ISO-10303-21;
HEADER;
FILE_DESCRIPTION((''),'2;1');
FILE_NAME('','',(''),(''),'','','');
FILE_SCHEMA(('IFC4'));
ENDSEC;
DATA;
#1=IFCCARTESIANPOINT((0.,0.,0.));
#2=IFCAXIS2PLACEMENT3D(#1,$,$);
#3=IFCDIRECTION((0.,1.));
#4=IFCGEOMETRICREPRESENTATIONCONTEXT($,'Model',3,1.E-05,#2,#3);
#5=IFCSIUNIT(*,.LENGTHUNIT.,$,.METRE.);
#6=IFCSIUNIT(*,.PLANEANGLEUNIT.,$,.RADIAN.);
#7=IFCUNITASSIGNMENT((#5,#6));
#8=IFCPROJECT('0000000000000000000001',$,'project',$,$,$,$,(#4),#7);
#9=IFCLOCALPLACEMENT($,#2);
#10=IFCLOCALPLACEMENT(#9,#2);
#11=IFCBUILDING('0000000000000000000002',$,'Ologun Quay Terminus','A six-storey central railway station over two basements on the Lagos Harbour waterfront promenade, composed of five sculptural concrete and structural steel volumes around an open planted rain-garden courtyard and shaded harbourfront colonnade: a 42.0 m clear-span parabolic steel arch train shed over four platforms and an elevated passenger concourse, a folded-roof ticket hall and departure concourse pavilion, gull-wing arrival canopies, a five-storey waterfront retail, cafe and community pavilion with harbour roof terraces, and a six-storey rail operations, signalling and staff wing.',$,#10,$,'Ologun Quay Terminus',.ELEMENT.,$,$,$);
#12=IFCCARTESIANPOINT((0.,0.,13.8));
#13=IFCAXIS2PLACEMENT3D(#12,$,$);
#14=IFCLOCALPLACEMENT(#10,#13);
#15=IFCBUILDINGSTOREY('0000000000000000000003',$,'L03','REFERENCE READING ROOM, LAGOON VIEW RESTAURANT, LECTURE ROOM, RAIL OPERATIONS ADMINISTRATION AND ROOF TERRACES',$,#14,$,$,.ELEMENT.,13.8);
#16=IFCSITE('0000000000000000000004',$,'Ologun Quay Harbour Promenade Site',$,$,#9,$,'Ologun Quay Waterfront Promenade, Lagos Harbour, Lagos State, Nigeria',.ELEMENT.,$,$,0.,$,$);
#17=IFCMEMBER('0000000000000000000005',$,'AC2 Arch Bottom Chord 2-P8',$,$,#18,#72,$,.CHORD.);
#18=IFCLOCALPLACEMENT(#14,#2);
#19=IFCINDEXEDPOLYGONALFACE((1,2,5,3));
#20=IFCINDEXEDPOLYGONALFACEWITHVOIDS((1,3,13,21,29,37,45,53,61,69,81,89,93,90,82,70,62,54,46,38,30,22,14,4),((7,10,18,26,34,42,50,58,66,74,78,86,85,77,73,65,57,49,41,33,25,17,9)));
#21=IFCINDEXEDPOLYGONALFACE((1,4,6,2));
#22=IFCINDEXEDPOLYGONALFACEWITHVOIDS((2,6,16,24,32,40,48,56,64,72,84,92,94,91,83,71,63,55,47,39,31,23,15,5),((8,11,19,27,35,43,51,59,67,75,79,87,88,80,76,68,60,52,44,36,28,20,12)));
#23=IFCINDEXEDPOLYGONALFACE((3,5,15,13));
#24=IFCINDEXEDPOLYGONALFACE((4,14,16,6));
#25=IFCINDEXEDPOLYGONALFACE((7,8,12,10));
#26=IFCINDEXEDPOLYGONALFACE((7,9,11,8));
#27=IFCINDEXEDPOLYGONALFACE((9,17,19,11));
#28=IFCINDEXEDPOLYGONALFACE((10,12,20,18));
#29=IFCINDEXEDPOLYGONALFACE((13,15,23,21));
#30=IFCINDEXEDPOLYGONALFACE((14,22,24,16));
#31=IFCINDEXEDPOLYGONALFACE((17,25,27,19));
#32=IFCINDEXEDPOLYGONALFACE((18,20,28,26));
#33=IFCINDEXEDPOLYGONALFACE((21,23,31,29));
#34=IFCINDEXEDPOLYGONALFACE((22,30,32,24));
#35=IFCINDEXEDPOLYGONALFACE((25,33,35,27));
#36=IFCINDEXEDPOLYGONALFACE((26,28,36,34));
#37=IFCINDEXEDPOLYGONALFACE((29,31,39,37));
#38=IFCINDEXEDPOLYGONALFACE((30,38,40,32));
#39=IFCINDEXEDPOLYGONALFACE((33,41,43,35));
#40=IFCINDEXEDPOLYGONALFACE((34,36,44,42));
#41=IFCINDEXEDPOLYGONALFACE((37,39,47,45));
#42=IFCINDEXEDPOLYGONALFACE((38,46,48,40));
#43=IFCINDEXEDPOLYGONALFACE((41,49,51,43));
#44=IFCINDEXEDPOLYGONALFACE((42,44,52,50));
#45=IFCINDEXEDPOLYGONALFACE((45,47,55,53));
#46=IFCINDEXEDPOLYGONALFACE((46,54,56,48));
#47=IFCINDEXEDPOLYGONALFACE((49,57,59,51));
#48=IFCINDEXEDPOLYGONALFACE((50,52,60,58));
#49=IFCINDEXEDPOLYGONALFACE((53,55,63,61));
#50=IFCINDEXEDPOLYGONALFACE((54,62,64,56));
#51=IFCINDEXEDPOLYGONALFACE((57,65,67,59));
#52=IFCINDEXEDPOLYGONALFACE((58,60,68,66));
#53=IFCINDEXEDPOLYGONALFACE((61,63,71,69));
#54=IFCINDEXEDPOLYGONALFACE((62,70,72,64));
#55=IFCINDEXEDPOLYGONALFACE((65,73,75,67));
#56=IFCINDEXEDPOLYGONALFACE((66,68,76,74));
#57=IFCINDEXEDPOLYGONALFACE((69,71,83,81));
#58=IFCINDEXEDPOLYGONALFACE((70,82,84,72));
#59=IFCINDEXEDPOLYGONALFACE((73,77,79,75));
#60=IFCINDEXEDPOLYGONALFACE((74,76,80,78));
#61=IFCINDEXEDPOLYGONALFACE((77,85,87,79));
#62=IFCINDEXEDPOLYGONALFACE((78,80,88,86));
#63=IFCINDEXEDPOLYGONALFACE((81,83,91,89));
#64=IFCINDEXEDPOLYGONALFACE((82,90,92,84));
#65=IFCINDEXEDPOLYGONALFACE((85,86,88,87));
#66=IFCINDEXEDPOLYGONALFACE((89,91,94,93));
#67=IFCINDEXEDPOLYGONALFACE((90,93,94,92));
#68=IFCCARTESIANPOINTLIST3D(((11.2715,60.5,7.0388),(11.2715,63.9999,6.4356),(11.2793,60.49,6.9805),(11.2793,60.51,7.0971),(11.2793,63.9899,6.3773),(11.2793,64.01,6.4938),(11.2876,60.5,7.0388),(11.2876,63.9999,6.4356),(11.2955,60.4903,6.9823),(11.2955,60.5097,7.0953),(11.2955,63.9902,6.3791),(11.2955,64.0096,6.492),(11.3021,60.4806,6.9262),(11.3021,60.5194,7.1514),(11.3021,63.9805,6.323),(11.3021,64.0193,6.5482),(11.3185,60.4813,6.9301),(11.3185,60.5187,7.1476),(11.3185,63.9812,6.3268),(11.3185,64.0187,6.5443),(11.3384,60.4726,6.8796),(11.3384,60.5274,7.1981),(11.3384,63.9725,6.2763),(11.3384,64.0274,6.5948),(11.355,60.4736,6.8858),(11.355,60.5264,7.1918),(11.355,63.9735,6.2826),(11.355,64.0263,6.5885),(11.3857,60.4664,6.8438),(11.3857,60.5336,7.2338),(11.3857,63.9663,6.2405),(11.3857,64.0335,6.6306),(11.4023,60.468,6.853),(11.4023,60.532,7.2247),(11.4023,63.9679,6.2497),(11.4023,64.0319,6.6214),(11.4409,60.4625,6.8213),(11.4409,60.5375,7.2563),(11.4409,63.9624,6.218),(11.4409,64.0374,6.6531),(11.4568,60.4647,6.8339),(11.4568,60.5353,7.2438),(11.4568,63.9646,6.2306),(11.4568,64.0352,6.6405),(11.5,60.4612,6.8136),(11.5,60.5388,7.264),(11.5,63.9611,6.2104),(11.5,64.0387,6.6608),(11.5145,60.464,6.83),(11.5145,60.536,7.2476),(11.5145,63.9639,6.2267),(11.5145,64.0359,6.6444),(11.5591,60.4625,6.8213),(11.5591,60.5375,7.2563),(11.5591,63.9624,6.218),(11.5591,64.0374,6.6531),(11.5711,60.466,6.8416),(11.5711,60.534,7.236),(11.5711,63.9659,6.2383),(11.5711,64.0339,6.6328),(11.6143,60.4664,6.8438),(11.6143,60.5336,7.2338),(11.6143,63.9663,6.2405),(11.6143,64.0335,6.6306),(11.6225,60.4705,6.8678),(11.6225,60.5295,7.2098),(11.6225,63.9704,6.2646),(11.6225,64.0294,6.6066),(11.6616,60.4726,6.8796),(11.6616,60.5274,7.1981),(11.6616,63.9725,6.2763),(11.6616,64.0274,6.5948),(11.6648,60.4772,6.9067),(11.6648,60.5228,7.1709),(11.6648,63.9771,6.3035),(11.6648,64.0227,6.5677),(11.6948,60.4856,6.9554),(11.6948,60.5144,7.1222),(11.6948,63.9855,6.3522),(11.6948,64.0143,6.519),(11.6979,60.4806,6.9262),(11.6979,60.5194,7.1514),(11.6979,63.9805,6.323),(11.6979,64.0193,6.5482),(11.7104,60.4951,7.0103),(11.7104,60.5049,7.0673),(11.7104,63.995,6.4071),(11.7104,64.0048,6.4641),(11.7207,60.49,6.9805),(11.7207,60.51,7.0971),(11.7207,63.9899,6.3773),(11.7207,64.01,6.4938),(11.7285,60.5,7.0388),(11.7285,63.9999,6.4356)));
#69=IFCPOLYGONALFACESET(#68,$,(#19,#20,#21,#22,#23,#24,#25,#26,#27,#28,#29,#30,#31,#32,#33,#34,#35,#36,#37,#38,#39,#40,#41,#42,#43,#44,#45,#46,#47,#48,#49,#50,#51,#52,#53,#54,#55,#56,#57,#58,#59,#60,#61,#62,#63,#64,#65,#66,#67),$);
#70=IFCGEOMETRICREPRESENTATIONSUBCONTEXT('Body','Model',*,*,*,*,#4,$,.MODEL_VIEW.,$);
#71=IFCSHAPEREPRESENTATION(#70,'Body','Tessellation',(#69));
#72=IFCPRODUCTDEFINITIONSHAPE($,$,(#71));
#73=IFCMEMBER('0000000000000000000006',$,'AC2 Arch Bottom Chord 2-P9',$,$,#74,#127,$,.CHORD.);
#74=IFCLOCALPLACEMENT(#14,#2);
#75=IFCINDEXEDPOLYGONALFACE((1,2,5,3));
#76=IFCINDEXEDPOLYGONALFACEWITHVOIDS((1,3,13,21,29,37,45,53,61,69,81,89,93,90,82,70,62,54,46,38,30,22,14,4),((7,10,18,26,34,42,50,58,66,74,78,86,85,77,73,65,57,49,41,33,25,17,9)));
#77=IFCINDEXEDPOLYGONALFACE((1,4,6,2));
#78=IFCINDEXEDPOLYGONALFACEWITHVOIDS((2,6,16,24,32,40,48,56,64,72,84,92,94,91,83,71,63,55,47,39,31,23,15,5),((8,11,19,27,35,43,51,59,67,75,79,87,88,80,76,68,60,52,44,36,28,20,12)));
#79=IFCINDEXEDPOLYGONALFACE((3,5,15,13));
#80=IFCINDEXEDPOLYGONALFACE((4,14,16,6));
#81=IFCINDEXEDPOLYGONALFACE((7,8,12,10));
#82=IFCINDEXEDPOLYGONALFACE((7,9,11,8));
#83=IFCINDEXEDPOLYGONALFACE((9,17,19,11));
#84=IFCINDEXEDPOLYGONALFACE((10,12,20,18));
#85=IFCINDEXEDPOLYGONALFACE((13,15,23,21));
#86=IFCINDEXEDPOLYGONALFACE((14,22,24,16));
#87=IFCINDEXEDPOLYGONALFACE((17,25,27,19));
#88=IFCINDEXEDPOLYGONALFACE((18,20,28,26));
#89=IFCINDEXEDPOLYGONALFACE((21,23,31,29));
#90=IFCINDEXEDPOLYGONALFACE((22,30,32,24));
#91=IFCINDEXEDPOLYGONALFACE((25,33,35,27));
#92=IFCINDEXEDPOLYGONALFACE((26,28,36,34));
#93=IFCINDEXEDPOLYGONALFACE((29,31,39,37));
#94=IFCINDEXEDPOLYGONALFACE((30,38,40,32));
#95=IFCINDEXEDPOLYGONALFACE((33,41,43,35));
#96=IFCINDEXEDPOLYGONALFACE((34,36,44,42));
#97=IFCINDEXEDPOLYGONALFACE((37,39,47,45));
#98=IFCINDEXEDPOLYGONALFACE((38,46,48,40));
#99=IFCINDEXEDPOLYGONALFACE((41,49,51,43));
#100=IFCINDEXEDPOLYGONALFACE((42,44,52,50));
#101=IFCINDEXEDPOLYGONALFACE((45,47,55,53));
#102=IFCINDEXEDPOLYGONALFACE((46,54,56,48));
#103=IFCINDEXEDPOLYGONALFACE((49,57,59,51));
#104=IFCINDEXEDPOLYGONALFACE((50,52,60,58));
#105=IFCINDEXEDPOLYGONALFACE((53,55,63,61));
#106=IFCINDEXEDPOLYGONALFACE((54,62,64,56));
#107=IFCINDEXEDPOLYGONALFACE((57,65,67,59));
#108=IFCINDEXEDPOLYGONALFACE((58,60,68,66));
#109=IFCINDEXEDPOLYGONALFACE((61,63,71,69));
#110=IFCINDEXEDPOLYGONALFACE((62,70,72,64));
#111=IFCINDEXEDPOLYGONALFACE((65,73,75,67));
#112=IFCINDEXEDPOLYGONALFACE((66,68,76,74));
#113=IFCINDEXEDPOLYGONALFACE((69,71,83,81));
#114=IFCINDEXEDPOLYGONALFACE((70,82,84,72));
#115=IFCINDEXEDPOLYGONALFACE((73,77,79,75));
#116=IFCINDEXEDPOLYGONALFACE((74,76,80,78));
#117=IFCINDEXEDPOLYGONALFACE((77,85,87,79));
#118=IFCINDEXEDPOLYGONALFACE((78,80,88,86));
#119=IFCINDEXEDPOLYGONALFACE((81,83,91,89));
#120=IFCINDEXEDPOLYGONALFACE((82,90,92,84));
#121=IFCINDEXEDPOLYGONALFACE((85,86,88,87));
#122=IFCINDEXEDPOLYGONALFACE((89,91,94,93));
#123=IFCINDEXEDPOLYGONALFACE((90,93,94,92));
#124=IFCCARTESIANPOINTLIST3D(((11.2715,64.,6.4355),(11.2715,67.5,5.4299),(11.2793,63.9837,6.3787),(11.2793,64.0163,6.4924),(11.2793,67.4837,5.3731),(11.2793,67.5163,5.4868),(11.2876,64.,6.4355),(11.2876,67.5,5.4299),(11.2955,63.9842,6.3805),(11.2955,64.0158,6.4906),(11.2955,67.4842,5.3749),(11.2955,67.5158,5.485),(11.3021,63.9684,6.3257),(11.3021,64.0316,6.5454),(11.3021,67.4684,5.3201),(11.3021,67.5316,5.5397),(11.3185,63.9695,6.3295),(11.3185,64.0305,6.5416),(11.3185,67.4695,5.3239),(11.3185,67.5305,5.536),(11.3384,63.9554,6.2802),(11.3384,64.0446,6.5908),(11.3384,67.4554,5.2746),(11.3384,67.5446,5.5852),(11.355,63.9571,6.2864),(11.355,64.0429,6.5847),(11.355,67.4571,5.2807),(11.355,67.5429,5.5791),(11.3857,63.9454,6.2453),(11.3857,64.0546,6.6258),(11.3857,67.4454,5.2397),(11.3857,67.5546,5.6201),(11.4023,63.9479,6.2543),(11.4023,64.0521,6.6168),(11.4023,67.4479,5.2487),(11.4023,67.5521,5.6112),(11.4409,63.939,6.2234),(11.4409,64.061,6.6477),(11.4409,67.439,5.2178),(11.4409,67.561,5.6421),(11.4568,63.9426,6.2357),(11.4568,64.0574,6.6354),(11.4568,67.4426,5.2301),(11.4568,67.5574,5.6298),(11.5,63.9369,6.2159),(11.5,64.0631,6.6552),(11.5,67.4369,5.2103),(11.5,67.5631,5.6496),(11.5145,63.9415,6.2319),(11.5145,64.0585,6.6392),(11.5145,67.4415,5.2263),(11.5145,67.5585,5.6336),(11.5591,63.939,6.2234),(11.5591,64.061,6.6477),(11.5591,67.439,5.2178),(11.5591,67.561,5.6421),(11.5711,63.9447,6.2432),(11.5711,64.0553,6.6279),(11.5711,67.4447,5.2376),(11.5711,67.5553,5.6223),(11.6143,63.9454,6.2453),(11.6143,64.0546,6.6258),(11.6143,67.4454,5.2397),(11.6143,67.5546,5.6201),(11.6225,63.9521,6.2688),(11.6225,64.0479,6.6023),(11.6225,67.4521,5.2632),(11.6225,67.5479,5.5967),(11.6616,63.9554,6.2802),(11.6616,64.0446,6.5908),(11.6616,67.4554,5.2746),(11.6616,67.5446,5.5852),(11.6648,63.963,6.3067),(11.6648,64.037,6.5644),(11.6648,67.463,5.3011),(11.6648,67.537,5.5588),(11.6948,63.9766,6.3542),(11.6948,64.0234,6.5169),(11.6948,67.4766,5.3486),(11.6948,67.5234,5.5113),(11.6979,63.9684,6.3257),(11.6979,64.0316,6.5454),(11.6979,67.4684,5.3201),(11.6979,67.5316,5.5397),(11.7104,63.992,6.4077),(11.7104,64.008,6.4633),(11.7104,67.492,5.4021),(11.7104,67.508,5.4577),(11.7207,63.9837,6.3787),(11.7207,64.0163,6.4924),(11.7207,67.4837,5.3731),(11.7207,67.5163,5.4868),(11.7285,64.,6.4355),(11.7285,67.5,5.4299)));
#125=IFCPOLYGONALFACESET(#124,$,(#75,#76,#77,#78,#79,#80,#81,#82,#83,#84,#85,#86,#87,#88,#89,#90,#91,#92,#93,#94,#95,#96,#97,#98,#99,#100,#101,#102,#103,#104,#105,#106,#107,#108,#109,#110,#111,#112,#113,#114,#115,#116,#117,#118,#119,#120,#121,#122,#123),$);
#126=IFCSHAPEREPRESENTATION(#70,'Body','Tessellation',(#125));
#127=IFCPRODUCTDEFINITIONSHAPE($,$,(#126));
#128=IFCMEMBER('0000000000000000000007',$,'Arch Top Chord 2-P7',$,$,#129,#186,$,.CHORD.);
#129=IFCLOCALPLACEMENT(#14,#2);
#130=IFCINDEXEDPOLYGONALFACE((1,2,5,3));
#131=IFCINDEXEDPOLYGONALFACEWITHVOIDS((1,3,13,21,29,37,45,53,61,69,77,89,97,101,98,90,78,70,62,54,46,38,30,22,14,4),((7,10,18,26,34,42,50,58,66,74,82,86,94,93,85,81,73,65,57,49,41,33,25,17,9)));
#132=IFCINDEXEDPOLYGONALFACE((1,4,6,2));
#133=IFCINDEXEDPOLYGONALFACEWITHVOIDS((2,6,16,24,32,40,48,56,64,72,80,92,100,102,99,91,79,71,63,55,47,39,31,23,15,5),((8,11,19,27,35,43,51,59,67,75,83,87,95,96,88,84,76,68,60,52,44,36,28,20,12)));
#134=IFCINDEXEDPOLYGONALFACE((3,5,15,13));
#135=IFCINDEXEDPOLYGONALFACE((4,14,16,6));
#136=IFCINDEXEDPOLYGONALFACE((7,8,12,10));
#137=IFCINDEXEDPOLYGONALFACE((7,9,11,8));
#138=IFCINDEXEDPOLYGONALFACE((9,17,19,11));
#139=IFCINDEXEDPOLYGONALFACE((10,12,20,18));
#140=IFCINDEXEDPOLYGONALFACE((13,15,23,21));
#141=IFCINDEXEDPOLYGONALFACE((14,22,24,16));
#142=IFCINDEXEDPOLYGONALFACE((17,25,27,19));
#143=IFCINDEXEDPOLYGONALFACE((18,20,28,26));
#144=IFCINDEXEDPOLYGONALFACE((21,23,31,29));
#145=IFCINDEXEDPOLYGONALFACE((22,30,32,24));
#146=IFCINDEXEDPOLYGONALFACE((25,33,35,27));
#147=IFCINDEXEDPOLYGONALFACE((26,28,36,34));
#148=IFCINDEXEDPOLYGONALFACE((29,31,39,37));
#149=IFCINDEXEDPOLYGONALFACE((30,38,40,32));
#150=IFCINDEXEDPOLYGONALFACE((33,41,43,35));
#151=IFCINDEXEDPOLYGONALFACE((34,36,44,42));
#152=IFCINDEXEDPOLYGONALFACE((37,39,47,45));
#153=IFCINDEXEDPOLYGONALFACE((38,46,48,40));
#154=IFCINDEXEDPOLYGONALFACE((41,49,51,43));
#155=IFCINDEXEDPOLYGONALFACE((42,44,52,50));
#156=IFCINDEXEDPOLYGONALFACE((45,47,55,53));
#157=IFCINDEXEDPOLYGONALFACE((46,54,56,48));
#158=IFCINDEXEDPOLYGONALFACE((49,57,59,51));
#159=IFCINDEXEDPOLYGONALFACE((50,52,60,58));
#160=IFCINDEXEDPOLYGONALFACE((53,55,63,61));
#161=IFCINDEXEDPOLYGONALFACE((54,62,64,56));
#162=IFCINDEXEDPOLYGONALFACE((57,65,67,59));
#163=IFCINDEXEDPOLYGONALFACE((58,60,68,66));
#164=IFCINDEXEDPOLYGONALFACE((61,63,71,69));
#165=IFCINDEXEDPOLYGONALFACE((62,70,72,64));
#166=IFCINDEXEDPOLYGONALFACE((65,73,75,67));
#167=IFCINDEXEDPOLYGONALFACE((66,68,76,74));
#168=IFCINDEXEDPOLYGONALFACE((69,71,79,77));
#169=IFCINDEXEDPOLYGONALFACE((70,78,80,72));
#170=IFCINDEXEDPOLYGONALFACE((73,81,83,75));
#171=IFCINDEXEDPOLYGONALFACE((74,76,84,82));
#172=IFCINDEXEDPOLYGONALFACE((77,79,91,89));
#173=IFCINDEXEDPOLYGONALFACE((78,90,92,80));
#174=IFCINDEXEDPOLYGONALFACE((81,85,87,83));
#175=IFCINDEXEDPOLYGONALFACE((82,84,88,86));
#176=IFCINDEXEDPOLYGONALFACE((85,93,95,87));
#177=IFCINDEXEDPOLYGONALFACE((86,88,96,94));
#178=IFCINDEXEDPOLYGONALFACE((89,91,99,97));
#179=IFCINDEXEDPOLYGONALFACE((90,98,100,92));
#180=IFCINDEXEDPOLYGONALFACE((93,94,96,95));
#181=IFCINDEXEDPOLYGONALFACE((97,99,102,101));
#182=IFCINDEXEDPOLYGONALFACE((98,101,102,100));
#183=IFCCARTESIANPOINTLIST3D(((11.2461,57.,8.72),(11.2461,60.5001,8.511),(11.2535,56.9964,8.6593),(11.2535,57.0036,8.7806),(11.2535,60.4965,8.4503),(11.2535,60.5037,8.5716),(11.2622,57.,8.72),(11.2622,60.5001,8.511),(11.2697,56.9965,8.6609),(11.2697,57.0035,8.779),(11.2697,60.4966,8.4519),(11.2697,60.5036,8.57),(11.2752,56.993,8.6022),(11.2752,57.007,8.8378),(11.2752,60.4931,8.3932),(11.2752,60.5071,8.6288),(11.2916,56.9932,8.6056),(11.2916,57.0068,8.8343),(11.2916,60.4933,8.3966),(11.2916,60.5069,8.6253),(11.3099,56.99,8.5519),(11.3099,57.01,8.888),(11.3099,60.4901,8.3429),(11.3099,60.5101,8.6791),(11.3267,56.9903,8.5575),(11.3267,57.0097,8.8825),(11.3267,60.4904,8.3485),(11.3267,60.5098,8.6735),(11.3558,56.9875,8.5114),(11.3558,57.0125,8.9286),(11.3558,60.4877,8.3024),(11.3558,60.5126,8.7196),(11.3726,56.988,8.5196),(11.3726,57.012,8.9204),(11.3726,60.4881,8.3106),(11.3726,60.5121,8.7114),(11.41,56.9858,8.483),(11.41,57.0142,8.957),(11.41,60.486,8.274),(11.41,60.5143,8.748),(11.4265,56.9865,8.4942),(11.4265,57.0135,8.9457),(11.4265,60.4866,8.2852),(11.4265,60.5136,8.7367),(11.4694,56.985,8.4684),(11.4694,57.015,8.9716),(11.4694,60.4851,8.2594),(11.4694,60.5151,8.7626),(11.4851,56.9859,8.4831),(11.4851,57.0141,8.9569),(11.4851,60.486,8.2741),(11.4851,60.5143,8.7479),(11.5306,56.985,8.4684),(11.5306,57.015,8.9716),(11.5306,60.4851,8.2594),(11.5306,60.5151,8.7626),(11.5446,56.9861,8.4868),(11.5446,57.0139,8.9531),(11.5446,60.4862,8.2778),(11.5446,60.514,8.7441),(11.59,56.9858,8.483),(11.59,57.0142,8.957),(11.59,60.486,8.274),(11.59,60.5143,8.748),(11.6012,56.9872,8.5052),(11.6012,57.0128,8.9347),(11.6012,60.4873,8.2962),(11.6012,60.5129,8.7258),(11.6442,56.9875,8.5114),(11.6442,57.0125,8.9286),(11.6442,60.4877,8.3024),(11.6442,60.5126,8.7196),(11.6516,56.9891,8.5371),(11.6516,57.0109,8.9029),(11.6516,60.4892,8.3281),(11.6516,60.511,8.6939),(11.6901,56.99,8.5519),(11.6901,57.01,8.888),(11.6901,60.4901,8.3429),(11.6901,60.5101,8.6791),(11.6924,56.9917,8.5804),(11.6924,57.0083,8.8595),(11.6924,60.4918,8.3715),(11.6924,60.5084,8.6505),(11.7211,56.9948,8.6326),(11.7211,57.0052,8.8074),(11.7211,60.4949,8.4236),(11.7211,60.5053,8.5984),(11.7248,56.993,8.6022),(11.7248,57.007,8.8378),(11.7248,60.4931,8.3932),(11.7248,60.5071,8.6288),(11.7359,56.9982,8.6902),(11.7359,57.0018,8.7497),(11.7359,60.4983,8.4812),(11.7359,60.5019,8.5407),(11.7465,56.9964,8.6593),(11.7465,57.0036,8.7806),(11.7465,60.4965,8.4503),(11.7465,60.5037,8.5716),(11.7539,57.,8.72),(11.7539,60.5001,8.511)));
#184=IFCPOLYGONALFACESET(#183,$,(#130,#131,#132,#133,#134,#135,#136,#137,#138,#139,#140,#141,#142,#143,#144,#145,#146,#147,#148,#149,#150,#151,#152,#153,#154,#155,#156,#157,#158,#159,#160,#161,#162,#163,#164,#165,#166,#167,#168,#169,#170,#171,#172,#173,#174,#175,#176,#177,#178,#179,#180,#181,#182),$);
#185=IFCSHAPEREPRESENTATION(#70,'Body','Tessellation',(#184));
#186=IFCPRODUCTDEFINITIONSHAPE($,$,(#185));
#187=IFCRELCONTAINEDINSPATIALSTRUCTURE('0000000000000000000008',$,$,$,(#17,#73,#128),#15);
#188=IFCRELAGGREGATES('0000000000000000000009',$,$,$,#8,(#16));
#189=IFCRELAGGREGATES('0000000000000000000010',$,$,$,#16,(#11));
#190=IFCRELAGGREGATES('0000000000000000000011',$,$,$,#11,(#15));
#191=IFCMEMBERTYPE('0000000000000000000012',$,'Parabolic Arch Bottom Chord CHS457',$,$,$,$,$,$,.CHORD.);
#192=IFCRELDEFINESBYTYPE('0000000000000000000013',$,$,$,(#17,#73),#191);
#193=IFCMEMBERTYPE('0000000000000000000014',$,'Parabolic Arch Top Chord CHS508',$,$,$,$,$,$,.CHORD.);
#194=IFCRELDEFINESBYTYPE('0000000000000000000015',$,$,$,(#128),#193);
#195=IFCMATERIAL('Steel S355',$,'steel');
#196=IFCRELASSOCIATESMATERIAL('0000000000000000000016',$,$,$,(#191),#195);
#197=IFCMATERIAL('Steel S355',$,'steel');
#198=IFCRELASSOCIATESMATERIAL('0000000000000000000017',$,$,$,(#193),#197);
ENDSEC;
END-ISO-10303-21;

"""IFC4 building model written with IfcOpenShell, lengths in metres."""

from ifc_helpers import new_model, si_unit, direction, frame, origin, origin_2d, place, context, subcontext, project, spatial, hollow_circle, extrude, material, material_profile, profile_set, type_object, element, save


model = new_model("IFC4")

# Units and contexts
model_context = context("Model", 3, precision=1e-05, world=origin(), true_north=direction((0.0, 1.0)))
body_context = subcontext(model_context, "Body", "Model", "MODEL_VIEW")
ifc_project = project(units=[si_unit("LENGTHUNIT", "METRE"), si_unit("PLANEANGLEUNIT", "RADIAN")], contexts=[model_context])

# Site, building, storey
site_placement = place(None, origin())
site = spatial("IfcSite", under=ifc_project, at=site_placement, Name="Ologun Quay Harbour Promenade Site", LongName="Ologun Quay Waterfront Promenade, Lagos Harbour, Lagos State, Nigeria", CompositionType="ELEMENT", RefElevation=0.0)
building_placement = place(site_placement, origin())
building = spatial("IfcBuilding", under=site, at=building_placement, Name="Ologun Quay Terminus", Description="A six-storey central railway station over two basements on the Lagos Harbour waterfront promenade, composed of five sculptural concrete and structural steel volumes around an open planted rain-garden courtyard and shaded harbourfront colonnade: a 42.0 m clear-span parabolic steel arch train shed over four platforms and an elevated passenger concourse, a folded-roof ticket hall and departure concourse pavilion, gull-wing arrival canopies, a five-storey waterfront retail, cafe and community pavilion with harbour roof terraces, and a six-storey rail operations, signalling and staff wing.", LongName="Ologun Quay Terminus", CompositionType="ELEMENT")
storey_placement = place(building_placement, frame((0.0, 0.0, 13.8)))
storey = spatial("IfcBuildingStorey", under=building, at=storey_placement, Name="L03", Description="REFERENCE READING ROOM, LAGOON VIEW RESTAURANT, LECTURE ROOM, RAIL OPERATIONS ADMINISTRATION AND ROOF TERRACES", CompositionType="ELEMENT", Elevation=13.8)

# Members
ifc_material_1 = material(Name="Steel S355", Category="steel")
ifc_material_profile_1 = material_profile(ifc_material_1, hollow_circle(Radius=0.2285, WallThickness=0.0161, at=origin_2d()), Name="CHS 457x16")
ifc_profile_set_1 = profile_set([ifc_material_profile_1], Name="Steel S355")
member_type_1 = type_object("IfcMemberType", Name="Parabolic Arch Bottom Chord CHS457", PredefinedType="CHORD", material=ifc_profile_set_1)
member_1_placement = place(storey_placement, frame((11.5, 60.5, 7.0388), z_axis=(0.0, 0.985468, -0.169859), x_axis=(-1.0, 0.0, 0.0)))
element("IfcMember", 1, at=member_1_placement, inside=storey, type_object=member_type_1, Name="AC2 Arch Bottom Chord 2-P8", PredefinedType="CHORD", context=body_context, shape_type="SweptSolid", body=[
    extrude(hollow_circle(Radius=0.2285, WallThickness=0.0161, at=origin_2d()), origin(), (0.0, 0.0, 1.0), 3.5515),
])
member_2_placement = place(storey_placement, frame((11.5, 64.0, 6.4355), z_axis=(0.0, 0.961116, -0.276146), x_axis=(-1.0, 0.0, 0.0)))
element("IfcMember", 2, at=member_2_placement, inside=storey, type_object=member_type_1, Name="AC2 Arch Bottom Chord 2-P9", PredefinedType="CHORD", context=body_context, shape_type="SweptSolid", body=[
    extrude(hollow_circle(Radius=0.2285, WallThickness=0.0161, at=origin_2d()), origin(), (0.0, 0.0, 1.0), 3.6416),
])
ifc_material_2 = material(Name="Steel S355", Category="steel")
ifc_material_profile_2 = material_profile(ifc_material_2, hollow_circle(Radius=0.2539, WallThickness=0.0161, at=origin_2d()), Name="CHS 508x16")
ifc_profile_set_2 = profile_set([ifc_material_profile_2], Name="Steel S355")
member_type_2 = type_object("IfcMemberType", Name="Parabolic Arch Top Chord CHS508", PredefinedType="CHORD", material=ifc_profile_set_2)
member_3_placement = place(storey_placement, frame((11.5, 57.0, 8.72), z_axis=(0.0, 0.998222, -0.059604), x_axis=(-1.0, 0.0, 0.0)))
element("IfcMember", 3, at=member_3_placement, inside=storey, type_object=member_type_2, Name="Arch Top Chord 2-P7", PredefinedType="CHORD", context=body_context, shape_type="SweptSolid", body=[
    extrude(hollow_circle(Radius=0.2539, WallThickness=0.0161, at=origin_2d()), origin(), (0.0, 0.0, 1.0), 3.5063),
])

save(model, "model.ifc")
